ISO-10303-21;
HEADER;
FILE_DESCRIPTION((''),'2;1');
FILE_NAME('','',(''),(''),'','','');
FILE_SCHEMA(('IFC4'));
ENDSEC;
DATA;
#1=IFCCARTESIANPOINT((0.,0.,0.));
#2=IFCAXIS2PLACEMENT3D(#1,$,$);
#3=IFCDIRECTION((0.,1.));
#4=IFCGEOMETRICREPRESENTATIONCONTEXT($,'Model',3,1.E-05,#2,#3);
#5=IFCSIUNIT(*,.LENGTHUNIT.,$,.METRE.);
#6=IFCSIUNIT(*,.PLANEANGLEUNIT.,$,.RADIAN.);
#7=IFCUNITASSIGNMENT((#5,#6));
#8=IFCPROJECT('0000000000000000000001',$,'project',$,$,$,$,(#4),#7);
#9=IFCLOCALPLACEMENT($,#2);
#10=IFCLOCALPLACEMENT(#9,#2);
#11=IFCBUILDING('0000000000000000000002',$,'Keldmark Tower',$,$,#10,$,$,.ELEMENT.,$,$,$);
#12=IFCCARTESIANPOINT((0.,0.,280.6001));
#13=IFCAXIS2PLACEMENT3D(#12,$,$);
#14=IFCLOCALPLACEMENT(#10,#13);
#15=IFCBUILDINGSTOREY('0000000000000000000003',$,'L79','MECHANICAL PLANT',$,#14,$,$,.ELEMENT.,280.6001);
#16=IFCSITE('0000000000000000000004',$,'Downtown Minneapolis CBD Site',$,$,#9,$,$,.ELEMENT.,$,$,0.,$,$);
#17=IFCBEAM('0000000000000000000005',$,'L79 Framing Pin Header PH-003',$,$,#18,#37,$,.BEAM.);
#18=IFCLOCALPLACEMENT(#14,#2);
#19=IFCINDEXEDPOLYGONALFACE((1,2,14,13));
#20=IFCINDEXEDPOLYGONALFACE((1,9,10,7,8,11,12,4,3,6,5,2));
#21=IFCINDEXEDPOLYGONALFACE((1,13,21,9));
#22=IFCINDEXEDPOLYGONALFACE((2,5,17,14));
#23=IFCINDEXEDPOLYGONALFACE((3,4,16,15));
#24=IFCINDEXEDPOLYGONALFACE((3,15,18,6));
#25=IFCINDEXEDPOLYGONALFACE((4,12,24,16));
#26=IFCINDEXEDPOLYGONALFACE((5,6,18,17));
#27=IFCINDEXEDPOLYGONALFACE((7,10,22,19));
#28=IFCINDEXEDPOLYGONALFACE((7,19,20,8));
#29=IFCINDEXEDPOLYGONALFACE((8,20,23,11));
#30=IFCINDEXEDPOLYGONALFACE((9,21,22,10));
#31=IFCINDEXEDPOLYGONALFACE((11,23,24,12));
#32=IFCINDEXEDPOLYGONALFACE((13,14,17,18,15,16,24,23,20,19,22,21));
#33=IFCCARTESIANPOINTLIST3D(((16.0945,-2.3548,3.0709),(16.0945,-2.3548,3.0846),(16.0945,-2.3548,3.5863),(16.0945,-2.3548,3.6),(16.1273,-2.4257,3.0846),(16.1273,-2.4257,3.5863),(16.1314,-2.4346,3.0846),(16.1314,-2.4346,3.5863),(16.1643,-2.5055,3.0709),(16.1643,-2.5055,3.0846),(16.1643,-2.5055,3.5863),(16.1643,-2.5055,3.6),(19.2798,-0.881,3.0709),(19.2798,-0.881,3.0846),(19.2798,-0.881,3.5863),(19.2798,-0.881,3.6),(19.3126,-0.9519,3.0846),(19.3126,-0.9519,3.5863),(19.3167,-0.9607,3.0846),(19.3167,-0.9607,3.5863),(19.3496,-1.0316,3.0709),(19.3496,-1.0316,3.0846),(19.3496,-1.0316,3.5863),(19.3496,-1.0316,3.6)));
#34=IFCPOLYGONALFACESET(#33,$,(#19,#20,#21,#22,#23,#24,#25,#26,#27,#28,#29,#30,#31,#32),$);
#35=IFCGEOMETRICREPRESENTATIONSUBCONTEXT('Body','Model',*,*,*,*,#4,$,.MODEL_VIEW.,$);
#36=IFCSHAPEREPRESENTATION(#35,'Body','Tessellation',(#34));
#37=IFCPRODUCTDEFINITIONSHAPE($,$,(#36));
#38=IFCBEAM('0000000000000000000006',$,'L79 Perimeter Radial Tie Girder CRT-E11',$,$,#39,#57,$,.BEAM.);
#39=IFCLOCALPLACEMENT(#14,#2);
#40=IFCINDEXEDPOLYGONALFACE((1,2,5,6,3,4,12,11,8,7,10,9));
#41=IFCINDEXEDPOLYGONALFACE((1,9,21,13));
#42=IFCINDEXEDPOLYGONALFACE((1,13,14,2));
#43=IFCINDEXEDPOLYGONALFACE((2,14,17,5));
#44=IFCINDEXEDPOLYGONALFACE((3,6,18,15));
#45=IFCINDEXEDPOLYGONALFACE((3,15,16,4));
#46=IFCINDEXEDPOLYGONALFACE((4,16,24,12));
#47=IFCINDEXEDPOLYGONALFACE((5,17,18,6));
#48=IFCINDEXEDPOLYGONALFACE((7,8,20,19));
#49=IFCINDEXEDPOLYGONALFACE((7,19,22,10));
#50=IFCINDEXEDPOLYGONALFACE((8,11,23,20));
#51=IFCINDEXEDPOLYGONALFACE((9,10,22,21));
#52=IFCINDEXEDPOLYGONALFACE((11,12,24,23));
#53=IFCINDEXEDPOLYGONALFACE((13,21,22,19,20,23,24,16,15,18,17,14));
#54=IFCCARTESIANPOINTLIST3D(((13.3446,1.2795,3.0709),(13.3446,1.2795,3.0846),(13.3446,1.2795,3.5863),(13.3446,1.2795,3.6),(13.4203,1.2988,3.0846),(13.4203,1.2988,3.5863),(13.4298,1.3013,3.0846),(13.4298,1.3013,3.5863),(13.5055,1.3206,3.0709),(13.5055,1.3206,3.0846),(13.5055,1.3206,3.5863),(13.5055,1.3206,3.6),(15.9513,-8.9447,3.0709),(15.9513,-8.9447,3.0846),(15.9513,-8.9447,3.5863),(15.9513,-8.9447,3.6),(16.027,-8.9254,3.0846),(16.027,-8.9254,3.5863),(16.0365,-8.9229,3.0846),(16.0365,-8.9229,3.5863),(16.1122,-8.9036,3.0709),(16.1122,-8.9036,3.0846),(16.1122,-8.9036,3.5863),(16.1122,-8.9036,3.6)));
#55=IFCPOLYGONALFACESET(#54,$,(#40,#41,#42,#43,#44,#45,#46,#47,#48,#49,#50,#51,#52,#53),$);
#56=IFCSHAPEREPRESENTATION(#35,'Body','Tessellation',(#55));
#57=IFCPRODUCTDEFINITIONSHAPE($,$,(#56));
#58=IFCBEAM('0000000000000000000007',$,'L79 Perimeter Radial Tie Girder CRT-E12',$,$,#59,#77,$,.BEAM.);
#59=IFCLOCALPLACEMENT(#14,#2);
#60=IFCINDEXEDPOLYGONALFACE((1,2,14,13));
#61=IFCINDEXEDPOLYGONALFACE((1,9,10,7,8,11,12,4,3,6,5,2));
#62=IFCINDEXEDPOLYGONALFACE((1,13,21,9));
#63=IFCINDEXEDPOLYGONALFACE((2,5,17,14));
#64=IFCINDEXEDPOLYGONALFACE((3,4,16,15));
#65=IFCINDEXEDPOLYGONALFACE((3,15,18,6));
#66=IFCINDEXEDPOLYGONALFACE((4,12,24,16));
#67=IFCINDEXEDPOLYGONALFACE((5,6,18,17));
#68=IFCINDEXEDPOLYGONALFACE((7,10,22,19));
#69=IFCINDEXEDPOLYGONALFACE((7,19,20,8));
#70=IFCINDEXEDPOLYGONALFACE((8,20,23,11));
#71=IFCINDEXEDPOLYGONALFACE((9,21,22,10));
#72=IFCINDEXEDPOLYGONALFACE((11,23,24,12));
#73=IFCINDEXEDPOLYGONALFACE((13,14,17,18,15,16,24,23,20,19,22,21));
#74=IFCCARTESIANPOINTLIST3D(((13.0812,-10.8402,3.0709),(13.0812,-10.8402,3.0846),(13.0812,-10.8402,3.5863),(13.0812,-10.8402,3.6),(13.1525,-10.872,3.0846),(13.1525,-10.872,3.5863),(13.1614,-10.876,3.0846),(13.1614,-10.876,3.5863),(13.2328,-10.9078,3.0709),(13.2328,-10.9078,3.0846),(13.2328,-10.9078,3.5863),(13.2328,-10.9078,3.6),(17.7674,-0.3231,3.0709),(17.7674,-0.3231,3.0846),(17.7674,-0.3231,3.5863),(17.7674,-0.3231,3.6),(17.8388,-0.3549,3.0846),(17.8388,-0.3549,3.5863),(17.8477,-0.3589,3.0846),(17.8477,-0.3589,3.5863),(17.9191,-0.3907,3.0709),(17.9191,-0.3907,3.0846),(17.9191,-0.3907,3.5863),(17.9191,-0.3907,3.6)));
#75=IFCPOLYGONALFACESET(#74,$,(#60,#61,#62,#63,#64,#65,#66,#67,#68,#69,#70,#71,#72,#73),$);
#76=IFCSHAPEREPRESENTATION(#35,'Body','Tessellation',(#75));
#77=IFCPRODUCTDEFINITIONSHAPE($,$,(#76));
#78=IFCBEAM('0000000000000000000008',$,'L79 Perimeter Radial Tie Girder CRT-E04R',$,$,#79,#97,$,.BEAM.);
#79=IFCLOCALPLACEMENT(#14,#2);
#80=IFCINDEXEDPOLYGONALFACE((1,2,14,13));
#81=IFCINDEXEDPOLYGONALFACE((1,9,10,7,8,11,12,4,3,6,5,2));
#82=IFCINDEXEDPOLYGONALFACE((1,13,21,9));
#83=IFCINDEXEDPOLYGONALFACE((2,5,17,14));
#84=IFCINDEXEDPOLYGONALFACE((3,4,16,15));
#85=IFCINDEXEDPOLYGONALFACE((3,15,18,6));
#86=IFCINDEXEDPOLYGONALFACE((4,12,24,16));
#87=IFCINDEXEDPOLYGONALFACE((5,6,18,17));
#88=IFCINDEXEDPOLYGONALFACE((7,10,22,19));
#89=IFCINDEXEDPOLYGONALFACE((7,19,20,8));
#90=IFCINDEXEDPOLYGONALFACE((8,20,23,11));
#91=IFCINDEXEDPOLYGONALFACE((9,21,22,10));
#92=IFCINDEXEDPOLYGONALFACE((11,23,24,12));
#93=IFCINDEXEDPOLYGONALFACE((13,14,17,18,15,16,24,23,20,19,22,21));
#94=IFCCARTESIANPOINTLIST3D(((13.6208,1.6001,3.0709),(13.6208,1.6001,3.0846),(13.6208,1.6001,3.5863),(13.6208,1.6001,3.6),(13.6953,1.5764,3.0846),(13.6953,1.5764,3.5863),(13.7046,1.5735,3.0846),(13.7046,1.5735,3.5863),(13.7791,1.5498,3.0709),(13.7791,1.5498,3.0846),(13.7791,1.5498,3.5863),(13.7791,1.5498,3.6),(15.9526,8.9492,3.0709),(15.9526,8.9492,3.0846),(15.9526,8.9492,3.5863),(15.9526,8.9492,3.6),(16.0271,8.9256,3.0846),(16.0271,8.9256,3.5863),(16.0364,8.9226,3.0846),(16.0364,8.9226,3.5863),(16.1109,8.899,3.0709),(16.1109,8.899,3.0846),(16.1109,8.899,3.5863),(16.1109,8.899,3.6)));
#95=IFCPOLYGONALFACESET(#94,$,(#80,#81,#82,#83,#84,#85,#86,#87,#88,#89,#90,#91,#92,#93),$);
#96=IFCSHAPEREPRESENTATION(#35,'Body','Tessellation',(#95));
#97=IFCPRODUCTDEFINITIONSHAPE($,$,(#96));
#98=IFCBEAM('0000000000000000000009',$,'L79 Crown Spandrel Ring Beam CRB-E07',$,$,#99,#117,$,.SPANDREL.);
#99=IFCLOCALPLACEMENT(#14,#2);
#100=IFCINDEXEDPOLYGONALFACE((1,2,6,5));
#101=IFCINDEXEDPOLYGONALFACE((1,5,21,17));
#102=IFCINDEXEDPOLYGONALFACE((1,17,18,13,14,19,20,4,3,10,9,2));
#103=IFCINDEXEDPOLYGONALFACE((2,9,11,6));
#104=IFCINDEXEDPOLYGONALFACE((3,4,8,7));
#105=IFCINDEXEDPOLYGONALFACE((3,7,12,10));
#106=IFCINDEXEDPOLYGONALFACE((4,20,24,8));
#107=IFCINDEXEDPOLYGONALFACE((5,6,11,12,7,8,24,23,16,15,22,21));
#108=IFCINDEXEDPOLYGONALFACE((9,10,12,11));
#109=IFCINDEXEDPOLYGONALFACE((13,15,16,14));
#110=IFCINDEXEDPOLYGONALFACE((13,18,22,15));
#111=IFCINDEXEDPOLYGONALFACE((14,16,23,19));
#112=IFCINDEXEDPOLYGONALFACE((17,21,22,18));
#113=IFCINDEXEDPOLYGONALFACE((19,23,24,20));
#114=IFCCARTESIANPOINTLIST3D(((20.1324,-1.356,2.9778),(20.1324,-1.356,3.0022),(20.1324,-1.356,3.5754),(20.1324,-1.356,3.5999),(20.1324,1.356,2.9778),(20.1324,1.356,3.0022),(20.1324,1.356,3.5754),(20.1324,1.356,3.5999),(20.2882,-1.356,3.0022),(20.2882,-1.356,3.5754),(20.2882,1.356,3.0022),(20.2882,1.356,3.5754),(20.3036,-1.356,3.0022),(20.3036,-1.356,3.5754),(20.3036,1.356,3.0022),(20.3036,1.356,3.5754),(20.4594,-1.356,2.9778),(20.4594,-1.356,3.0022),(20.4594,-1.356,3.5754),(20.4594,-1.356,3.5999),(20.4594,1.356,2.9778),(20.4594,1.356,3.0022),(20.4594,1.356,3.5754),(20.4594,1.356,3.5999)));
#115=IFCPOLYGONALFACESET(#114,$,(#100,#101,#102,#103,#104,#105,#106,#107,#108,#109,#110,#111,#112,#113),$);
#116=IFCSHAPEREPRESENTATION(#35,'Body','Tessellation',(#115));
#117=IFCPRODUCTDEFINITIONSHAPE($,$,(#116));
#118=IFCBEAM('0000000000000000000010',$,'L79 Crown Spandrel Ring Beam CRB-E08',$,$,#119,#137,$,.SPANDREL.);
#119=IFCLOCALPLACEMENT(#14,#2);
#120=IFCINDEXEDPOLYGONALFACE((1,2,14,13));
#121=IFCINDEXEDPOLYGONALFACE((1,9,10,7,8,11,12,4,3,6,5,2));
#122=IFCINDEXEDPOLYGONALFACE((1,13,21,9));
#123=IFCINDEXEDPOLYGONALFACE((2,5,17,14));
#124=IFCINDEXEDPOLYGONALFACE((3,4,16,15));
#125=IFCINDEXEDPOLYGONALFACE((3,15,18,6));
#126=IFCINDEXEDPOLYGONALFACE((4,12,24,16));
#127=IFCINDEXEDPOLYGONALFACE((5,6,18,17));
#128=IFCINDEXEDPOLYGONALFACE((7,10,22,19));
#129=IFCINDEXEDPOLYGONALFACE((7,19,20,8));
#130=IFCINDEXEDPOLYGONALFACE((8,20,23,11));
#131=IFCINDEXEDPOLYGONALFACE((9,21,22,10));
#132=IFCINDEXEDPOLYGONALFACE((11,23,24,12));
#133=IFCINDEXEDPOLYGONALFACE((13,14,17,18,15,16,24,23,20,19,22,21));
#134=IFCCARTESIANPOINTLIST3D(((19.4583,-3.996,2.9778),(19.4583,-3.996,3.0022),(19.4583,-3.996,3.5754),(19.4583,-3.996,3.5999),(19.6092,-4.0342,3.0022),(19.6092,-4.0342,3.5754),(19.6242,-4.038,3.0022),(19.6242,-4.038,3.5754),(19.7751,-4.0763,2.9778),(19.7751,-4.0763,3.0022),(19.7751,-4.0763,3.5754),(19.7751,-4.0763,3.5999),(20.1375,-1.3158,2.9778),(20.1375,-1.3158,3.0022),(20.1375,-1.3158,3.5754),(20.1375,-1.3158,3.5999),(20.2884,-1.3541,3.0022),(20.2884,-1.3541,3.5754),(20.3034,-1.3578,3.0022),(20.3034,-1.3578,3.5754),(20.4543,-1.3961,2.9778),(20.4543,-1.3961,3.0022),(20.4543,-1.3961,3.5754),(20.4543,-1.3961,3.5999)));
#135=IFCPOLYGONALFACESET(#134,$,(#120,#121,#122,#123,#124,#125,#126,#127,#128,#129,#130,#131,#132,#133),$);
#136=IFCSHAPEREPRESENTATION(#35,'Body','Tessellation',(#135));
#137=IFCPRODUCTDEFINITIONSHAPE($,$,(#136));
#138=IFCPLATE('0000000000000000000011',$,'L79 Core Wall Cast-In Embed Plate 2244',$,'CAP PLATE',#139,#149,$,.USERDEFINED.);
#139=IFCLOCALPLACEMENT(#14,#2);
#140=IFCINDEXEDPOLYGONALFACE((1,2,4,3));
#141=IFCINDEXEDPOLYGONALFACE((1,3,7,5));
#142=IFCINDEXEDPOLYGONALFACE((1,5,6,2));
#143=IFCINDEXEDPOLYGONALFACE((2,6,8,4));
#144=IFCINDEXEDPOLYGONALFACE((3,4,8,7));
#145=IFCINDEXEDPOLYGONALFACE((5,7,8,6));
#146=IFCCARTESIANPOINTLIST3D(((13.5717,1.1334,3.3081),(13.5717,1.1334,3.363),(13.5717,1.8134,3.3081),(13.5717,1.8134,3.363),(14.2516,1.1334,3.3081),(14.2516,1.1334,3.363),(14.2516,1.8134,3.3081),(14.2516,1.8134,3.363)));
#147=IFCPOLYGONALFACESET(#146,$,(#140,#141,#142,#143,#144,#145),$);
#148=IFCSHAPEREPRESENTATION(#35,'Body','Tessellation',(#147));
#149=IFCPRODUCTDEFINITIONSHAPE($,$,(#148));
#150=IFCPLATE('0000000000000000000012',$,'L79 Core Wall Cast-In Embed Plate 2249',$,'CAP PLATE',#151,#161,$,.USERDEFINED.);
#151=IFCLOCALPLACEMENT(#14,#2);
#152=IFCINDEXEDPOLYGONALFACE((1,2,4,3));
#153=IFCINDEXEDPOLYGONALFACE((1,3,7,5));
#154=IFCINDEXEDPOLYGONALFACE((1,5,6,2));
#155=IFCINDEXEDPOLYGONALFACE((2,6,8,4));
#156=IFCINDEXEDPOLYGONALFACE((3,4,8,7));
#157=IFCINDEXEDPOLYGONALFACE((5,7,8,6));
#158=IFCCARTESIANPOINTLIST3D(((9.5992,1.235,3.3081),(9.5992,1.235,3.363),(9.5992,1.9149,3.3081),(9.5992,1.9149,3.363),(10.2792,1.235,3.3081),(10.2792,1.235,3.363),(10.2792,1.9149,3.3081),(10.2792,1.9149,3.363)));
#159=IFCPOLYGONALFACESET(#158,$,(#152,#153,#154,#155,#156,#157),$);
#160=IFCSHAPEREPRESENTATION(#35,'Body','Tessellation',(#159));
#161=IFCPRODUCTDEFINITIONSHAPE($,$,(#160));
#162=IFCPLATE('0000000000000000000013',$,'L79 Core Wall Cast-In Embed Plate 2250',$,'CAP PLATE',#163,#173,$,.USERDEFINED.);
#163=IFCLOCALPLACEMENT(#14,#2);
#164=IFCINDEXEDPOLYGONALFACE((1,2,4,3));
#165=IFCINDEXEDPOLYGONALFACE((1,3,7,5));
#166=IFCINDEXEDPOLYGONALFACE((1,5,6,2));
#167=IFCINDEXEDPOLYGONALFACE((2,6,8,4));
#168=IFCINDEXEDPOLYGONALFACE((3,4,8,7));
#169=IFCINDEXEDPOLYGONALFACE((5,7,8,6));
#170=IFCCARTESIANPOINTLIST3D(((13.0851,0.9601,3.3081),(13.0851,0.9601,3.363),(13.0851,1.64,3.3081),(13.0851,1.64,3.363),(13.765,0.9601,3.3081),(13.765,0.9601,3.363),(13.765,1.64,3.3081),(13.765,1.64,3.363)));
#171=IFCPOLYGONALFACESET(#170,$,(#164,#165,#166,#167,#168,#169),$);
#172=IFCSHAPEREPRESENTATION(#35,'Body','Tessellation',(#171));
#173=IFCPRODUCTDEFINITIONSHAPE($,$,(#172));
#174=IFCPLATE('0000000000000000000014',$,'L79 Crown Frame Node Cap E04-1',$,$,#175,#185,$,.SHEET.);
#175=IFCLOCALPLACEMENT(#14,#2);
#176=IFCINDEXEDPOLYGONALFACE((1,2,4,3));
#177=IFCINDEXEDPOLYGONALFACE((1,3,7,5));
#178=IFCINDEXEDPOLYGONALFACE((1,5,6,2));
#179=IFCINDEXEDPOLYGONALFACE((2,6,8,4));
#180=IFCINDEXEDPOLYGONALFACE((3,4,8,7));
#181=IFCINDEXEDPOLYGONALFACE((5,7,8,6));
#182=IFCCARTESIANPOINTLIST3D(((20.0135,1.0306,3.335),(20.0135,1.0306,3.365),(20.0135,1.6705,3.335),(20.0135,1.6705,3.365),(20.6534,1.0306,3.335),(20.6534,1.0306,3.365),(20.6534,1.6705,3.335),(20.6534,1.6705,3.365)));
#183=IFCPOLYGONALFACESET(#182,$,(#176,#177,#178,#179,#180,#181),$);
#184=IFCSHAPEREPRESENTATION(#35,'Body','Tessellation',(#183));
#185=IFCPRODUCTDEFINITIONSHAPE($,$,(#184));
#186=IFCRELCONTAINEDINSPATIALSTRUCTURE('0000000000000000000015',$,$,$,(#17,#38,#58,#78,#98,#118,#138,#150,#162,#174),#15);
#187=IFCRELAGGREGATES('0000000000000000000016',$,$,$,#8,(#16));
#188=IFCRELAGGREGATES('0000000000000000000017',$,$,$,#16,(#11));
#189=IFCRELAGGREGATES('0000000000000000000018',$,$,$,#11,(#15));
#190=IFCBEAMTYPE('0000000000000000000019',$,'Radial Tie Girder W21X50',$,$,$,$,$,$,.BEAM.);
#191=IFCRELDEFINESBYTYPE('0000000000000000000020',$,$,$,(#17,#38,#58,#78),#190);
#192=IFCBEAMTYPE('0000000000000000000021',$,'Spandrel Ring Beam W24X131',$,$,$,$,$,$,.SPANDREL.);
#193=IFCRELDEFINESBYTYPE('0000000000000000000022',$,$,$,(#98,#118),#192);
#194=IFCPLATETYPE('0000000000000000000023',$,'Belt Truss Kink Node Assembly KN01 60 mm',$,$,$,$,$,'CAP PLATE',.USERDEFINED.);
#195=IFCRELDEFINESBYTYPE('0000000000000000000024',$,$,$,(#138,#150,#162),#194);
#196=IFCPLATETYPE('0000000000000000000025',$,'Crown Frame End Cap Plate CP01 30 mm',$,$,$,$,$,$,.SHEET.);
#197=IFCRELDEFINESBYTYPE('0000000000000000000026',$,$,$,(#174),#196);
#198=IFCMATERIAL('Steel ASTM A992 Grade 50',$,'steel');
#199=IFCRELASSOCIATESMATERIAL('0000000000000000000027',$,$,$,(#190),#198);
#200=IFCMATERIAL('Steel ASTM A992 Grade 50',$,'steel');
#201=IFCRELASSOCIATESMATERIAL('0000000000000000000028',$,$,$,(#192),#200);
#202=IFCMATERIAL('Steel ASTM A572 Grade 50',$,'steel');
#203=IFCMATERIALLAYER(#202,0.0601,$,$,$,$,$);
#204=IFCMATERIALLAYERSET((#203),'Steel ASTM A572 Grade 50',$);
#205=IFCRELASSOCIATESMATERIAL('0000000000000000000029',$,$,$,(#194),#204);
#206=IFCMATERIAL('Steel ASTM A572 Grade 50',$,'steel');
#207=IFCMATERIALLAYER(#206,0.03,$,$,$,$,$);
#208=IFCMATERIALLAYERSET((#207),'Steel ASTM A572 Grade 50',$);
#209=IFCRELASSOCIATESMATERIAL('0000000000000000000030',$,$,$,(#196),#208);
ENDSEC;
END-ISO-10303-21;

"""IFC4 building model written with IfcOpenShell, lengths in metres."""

from ifc_helpers import new_model, si_unit, direction, frame, origin, origin_2d, place, context, subcontext, project, spatial, rectangle, i_section, extrude, material, layer, layer_set, material_profile, profile_set, type_object, element, save


model = new_model("IFC4")

# Units and contexts
model_context = context("Model", 3, precision=1e-05, world=origin(), true_north=direction((0.0, 1.0)))
body_context = subcontext(model_context, "Body", "Model", "MODEL_VIEW")
ifc_project = project(units=[si_unit("LENGTHUNIT", "METRE"), si_unit("PLANEANGLEUNIT", "RADIAN")], contexts=[model_context])

# Site, building, storey
site_placement = place(None, origin())
site = spatial("IfcSite", under=ifc_project, at=site_placement, Name="Downtown Minneapolis CBD Site", CompositionType="ELEMENT", RefElevation=0.0)
building_placement = place(site_placement, origin())
building = spatial("IfcBuilding", under=site, at=building_placement, Name="Keldmark Tower", CompositionType="ELEMENT")
storey_placement = place(building_placement, frame((0.0, 0.0, 280.6001)))
storey = spatial("IfcBuildingStorey", under=building, at=storey_placement, Name="L79", Description="MECHANICAL PLANT", CompositionType="ELEMENT", Elevation=280.6001)

# Beams
ifc_material_1 = material(Name="Steel ASTM A992 Grade 50", Category="steel")
ifc_material_profile_1 = material_profile(ifc_material_1, i_section(OverallWidth=0.166, OverallDepth=0.5291, WebThickness=0.0098, FlangeThickness=0.0137, at=origin_2d()), Name="W21X50")
ifc_profile_set_1 = profile_set([ifc_material_profile_1], Name="Steel ASTM A992 Grade 50")
beam_type_1 = type_object("IfcBeamType", Name="Radial Tie Girder W21X50", PredefinedType="BEAM", material=ifc_profile_set_1)
beam_1_placement = place(storey_placement, frame((19.3147, -0.9563, 3.3354), z_axis=(-0.907554, -0.419936, 0.0), x_axis=(0.419936, -0.907554, 0.0)))
element("IfcBeam", 1, at=beam_1_placement, inside=storey, type_object=beam_type_1, Name="L79 Framing Pin Header PH-003", PredefinedType="BEAM", context=body_context, shape_type="SweptSolid", body=[
    extrude(i_section(OverallWidth=0.166, OverallDepth=0.5291, WebThickness=0.0098, FlangeThickness=0.0137, at=origin_2d()), origin(), (0.0, 0.0, 1.0), 3.5098),
])
beam_2_placement = place(storey_placement, frame((13.425, 1.3, 3.3354), z_axis=(0.247052, -0.969002, 0.0), x_axis=(0.969002, 0.247052, 0.0)))
element("IfcBeam", 2, at=beam_2_placement, inside=storey, type_object=beam_type_1, Name="L79 Perimeter Radial Tie Girder CRT-E11", PredefinedType="BEAM", context=body_context, shape_type="SweptSolid", body=[
    extrude(i_section(OverallWidth=0.166, OverallDepth=0.5291, WebThickness=0.0098, FlangeThickness=0.0137, at=origin_2d()), origin(), (0.0, 0.0, 1.0), 10.5513),
])
beam_3_placement = place(storey_placement, frame((17.8433, -0.3569, 3.3354), z_axis=(-0.40701, -0.913424, 0.0), x_axis=(0.913424, -0.40701, 0.0)))
element("IfcBeam", 3, at=beam_3_placement, inside=storey, type_object=beam_type_1, Name="L79 Perimeter Radial Tie Girder CRT-E12", PredefinedType="BEAM", context=body_context, shape_type="SweptSolid", body=[
    extrude(i_section(OverallWidth=0.166, OverallDepth=0.5291, WebThickness=0.0098, FlangeThickness=0.0137, at=origin_2d()), origin(), (0.0, 0.0, 1.0), 11.5139),
])
beam_4_placement = place(storey_placement, frame((13.7, 1.575, 3.3354), z_axis=(0.30243, 0.953172, 0.0), x_axis=(-0.953172, 0.30243, 0.0)))
element("IfcBeam", 4, at=beam_4_placement, inside=storey, type_object=beam_type_1, Name="L79 Perimeter Radial Tie Girder CRT-E04R", PredefinedType="BEAM", context=body_context, shape_type="SweptSolid", body=[
    extrude(i_section(OverallWidth=0.166, OverallDepth=0.5291, WebThickness=0.0098, FlangeThickness=0.0137, at=origin_2d()), origin(), (0.0, 0.0, 1.0), 7.7102),
])
ifc_material_2 = material(Name="Steel ASTM A992 Grade 50", Category="steel")
ifc_material_profile_2 = material_profile(ifc_material_2, i_section(OverallWidth=0.3269, OverallDepth=0.6221, WebThickness=0.0154, FlangeThickness=0.0244, at=origin_2d()), Name="W24X131")
ifc_profile_set_2 = profile_set([ifc_material_profile_2], Name="Steel ASTM A992 Grade 50")
beam_type_2 = type_object("IfcBeamType", Name="Spandrel Ring Beam W24X131", PredefinedType="SPANDREL", material=ifc_profile_set_2)
beam_5_placement = place(storey_placement, frame((20.2959, 1.356, 3.2888), z_axis=(0.0, -1.0, 0.0), x_axis=(1.0, 0.0, 0.0)))
element("IfcBeam", 5, at=beam_5_placement, inside=storey, type_object=beam_type_2, Name="L79 Crown Spandrel Ring Beam CRB-E07", PredefinedType="SPANDREL", context=body_context, shape_type="SweptSolid", body=[
    extrude(i_section(OverallWidth=0.3269, OverallDepth=0.6221, WebThickness=0.0154, FlangeThickness=0.0244, at=origin_2d()), origin(), (0.0, 0.0, 1.0), 2.7119),
])
beam_6_placement = place(storey_placement, frame((20.2959, -1.356, 3.2888), z_axis=(-0.245651, -0.969358, 0.0), x_axis=(0.969358, -0.245651, 0.0)))
element("IfcBeam", 6, at=beam_6_placement, inside=storey, type_object=beam_type_2, Name="L79 Crown Spandrel Ring Beam CRB-E08", PredefinedType="SPANDREL", context=body_context, shape_type="SweptSolid", body=[
    extrude(i_section(OverallWidth=0.3269, OverallDepth=0.6221, WebThickness=0.0154, FlangeThickness=0.0244, at=origin_2d()), origin(), (0.0, 0.0, 1.0), 2.7649),
])

# Plates
ifc_material_3 = material(Name="Steel ASTM A572 Grade 50", Category="steel")
ifc_layer_1 = layer(ifc_material_3, 0.0601)
ifc_layer_set_1 = layer_set([ifc_layer_1], Name="Steel ASTM A572 Grade 50")
plate_type_1 = type_object("IfcPlateType", Name="Belt Truss Kink Node Assembly KN01 60 mm", ElementType="CAP PLATE", PredefinedType="USERDEFINED", material=ifc_layer_set_1)
for number, where, z_axis, x_axis, name in (
    (7, (13.9116, 1.4734, 3.3081), (0.0, 0.0, 1.0), (1.0, 0.0, 0.0), "L79 Core Wall Cast-In Embed Plate 2244"),
    (8, (9.9392, 1.575, 3.3081), (0.0, 0.0, 1.0), (1.0, 0.0, 0.0), "L79 Core Wall Cast-In Embed Plate 2249"),
    (9, (13.425, 1.3, 3.3081), (0.0, 0.0, 1.0), (1.0, 0.0, 0.0), "L79 Core Wall Cast-In Embed Plate 2250"),
):
    element("IfcPlate", number, at=place(storey_placement, frame(where, z_axis=z_axis, x_axis=x_axis)), inside=storey, type_object=plate_type_1, Name=name, ObjectType="CAP PLATE", PredefinedType="USERDEFINED", context=body_context, shape_type="SweptSolid", body=[
        extrude(rectangle(XDim=0.6799, YDim=0.6799, at=origin_2d()), origin(), (0.0, 0.0, 1.0), 0.0549),
    ])
ifc_material_4 = material(Name="Steel ASTM A572 Grade 50", Category="steel")
ifc_layer_2 = layer(ifc_material_4, 0.03)
ifc_layer_set_2 = layer_set([ifc_layer_2], Name="Steel ASTM A572 Grade 50")
plate_type_2 = type_object("IfcPlateType", Name="Crown Frame End Cap Plate CP01 30 mm", PredefinedType="SHEET", material=ifc_layer_set_2)
plate_placement = place(storey_placement, frame((20.3335, 1.3506, 3.335), z_axis=(0.0, 0.0, 1.0), x_axis=(1.0, 0.0, 0.0)))
element("IfcPlate", 10, at=plate_placement, inside=storey, type_object=plate_type_2, Name="L79 Crown Frame Node Cap E04-1", PredefinedType="SHEET", context=body_context, shape_type="SweptSolid", body=[
    extrude(rectangle(XDim=0.6399, YDim=0.6399, at=origin_2d()), origin(), (0.0, 0.0, 1.0), 0.03),
])

save(model, "model.ifc")
